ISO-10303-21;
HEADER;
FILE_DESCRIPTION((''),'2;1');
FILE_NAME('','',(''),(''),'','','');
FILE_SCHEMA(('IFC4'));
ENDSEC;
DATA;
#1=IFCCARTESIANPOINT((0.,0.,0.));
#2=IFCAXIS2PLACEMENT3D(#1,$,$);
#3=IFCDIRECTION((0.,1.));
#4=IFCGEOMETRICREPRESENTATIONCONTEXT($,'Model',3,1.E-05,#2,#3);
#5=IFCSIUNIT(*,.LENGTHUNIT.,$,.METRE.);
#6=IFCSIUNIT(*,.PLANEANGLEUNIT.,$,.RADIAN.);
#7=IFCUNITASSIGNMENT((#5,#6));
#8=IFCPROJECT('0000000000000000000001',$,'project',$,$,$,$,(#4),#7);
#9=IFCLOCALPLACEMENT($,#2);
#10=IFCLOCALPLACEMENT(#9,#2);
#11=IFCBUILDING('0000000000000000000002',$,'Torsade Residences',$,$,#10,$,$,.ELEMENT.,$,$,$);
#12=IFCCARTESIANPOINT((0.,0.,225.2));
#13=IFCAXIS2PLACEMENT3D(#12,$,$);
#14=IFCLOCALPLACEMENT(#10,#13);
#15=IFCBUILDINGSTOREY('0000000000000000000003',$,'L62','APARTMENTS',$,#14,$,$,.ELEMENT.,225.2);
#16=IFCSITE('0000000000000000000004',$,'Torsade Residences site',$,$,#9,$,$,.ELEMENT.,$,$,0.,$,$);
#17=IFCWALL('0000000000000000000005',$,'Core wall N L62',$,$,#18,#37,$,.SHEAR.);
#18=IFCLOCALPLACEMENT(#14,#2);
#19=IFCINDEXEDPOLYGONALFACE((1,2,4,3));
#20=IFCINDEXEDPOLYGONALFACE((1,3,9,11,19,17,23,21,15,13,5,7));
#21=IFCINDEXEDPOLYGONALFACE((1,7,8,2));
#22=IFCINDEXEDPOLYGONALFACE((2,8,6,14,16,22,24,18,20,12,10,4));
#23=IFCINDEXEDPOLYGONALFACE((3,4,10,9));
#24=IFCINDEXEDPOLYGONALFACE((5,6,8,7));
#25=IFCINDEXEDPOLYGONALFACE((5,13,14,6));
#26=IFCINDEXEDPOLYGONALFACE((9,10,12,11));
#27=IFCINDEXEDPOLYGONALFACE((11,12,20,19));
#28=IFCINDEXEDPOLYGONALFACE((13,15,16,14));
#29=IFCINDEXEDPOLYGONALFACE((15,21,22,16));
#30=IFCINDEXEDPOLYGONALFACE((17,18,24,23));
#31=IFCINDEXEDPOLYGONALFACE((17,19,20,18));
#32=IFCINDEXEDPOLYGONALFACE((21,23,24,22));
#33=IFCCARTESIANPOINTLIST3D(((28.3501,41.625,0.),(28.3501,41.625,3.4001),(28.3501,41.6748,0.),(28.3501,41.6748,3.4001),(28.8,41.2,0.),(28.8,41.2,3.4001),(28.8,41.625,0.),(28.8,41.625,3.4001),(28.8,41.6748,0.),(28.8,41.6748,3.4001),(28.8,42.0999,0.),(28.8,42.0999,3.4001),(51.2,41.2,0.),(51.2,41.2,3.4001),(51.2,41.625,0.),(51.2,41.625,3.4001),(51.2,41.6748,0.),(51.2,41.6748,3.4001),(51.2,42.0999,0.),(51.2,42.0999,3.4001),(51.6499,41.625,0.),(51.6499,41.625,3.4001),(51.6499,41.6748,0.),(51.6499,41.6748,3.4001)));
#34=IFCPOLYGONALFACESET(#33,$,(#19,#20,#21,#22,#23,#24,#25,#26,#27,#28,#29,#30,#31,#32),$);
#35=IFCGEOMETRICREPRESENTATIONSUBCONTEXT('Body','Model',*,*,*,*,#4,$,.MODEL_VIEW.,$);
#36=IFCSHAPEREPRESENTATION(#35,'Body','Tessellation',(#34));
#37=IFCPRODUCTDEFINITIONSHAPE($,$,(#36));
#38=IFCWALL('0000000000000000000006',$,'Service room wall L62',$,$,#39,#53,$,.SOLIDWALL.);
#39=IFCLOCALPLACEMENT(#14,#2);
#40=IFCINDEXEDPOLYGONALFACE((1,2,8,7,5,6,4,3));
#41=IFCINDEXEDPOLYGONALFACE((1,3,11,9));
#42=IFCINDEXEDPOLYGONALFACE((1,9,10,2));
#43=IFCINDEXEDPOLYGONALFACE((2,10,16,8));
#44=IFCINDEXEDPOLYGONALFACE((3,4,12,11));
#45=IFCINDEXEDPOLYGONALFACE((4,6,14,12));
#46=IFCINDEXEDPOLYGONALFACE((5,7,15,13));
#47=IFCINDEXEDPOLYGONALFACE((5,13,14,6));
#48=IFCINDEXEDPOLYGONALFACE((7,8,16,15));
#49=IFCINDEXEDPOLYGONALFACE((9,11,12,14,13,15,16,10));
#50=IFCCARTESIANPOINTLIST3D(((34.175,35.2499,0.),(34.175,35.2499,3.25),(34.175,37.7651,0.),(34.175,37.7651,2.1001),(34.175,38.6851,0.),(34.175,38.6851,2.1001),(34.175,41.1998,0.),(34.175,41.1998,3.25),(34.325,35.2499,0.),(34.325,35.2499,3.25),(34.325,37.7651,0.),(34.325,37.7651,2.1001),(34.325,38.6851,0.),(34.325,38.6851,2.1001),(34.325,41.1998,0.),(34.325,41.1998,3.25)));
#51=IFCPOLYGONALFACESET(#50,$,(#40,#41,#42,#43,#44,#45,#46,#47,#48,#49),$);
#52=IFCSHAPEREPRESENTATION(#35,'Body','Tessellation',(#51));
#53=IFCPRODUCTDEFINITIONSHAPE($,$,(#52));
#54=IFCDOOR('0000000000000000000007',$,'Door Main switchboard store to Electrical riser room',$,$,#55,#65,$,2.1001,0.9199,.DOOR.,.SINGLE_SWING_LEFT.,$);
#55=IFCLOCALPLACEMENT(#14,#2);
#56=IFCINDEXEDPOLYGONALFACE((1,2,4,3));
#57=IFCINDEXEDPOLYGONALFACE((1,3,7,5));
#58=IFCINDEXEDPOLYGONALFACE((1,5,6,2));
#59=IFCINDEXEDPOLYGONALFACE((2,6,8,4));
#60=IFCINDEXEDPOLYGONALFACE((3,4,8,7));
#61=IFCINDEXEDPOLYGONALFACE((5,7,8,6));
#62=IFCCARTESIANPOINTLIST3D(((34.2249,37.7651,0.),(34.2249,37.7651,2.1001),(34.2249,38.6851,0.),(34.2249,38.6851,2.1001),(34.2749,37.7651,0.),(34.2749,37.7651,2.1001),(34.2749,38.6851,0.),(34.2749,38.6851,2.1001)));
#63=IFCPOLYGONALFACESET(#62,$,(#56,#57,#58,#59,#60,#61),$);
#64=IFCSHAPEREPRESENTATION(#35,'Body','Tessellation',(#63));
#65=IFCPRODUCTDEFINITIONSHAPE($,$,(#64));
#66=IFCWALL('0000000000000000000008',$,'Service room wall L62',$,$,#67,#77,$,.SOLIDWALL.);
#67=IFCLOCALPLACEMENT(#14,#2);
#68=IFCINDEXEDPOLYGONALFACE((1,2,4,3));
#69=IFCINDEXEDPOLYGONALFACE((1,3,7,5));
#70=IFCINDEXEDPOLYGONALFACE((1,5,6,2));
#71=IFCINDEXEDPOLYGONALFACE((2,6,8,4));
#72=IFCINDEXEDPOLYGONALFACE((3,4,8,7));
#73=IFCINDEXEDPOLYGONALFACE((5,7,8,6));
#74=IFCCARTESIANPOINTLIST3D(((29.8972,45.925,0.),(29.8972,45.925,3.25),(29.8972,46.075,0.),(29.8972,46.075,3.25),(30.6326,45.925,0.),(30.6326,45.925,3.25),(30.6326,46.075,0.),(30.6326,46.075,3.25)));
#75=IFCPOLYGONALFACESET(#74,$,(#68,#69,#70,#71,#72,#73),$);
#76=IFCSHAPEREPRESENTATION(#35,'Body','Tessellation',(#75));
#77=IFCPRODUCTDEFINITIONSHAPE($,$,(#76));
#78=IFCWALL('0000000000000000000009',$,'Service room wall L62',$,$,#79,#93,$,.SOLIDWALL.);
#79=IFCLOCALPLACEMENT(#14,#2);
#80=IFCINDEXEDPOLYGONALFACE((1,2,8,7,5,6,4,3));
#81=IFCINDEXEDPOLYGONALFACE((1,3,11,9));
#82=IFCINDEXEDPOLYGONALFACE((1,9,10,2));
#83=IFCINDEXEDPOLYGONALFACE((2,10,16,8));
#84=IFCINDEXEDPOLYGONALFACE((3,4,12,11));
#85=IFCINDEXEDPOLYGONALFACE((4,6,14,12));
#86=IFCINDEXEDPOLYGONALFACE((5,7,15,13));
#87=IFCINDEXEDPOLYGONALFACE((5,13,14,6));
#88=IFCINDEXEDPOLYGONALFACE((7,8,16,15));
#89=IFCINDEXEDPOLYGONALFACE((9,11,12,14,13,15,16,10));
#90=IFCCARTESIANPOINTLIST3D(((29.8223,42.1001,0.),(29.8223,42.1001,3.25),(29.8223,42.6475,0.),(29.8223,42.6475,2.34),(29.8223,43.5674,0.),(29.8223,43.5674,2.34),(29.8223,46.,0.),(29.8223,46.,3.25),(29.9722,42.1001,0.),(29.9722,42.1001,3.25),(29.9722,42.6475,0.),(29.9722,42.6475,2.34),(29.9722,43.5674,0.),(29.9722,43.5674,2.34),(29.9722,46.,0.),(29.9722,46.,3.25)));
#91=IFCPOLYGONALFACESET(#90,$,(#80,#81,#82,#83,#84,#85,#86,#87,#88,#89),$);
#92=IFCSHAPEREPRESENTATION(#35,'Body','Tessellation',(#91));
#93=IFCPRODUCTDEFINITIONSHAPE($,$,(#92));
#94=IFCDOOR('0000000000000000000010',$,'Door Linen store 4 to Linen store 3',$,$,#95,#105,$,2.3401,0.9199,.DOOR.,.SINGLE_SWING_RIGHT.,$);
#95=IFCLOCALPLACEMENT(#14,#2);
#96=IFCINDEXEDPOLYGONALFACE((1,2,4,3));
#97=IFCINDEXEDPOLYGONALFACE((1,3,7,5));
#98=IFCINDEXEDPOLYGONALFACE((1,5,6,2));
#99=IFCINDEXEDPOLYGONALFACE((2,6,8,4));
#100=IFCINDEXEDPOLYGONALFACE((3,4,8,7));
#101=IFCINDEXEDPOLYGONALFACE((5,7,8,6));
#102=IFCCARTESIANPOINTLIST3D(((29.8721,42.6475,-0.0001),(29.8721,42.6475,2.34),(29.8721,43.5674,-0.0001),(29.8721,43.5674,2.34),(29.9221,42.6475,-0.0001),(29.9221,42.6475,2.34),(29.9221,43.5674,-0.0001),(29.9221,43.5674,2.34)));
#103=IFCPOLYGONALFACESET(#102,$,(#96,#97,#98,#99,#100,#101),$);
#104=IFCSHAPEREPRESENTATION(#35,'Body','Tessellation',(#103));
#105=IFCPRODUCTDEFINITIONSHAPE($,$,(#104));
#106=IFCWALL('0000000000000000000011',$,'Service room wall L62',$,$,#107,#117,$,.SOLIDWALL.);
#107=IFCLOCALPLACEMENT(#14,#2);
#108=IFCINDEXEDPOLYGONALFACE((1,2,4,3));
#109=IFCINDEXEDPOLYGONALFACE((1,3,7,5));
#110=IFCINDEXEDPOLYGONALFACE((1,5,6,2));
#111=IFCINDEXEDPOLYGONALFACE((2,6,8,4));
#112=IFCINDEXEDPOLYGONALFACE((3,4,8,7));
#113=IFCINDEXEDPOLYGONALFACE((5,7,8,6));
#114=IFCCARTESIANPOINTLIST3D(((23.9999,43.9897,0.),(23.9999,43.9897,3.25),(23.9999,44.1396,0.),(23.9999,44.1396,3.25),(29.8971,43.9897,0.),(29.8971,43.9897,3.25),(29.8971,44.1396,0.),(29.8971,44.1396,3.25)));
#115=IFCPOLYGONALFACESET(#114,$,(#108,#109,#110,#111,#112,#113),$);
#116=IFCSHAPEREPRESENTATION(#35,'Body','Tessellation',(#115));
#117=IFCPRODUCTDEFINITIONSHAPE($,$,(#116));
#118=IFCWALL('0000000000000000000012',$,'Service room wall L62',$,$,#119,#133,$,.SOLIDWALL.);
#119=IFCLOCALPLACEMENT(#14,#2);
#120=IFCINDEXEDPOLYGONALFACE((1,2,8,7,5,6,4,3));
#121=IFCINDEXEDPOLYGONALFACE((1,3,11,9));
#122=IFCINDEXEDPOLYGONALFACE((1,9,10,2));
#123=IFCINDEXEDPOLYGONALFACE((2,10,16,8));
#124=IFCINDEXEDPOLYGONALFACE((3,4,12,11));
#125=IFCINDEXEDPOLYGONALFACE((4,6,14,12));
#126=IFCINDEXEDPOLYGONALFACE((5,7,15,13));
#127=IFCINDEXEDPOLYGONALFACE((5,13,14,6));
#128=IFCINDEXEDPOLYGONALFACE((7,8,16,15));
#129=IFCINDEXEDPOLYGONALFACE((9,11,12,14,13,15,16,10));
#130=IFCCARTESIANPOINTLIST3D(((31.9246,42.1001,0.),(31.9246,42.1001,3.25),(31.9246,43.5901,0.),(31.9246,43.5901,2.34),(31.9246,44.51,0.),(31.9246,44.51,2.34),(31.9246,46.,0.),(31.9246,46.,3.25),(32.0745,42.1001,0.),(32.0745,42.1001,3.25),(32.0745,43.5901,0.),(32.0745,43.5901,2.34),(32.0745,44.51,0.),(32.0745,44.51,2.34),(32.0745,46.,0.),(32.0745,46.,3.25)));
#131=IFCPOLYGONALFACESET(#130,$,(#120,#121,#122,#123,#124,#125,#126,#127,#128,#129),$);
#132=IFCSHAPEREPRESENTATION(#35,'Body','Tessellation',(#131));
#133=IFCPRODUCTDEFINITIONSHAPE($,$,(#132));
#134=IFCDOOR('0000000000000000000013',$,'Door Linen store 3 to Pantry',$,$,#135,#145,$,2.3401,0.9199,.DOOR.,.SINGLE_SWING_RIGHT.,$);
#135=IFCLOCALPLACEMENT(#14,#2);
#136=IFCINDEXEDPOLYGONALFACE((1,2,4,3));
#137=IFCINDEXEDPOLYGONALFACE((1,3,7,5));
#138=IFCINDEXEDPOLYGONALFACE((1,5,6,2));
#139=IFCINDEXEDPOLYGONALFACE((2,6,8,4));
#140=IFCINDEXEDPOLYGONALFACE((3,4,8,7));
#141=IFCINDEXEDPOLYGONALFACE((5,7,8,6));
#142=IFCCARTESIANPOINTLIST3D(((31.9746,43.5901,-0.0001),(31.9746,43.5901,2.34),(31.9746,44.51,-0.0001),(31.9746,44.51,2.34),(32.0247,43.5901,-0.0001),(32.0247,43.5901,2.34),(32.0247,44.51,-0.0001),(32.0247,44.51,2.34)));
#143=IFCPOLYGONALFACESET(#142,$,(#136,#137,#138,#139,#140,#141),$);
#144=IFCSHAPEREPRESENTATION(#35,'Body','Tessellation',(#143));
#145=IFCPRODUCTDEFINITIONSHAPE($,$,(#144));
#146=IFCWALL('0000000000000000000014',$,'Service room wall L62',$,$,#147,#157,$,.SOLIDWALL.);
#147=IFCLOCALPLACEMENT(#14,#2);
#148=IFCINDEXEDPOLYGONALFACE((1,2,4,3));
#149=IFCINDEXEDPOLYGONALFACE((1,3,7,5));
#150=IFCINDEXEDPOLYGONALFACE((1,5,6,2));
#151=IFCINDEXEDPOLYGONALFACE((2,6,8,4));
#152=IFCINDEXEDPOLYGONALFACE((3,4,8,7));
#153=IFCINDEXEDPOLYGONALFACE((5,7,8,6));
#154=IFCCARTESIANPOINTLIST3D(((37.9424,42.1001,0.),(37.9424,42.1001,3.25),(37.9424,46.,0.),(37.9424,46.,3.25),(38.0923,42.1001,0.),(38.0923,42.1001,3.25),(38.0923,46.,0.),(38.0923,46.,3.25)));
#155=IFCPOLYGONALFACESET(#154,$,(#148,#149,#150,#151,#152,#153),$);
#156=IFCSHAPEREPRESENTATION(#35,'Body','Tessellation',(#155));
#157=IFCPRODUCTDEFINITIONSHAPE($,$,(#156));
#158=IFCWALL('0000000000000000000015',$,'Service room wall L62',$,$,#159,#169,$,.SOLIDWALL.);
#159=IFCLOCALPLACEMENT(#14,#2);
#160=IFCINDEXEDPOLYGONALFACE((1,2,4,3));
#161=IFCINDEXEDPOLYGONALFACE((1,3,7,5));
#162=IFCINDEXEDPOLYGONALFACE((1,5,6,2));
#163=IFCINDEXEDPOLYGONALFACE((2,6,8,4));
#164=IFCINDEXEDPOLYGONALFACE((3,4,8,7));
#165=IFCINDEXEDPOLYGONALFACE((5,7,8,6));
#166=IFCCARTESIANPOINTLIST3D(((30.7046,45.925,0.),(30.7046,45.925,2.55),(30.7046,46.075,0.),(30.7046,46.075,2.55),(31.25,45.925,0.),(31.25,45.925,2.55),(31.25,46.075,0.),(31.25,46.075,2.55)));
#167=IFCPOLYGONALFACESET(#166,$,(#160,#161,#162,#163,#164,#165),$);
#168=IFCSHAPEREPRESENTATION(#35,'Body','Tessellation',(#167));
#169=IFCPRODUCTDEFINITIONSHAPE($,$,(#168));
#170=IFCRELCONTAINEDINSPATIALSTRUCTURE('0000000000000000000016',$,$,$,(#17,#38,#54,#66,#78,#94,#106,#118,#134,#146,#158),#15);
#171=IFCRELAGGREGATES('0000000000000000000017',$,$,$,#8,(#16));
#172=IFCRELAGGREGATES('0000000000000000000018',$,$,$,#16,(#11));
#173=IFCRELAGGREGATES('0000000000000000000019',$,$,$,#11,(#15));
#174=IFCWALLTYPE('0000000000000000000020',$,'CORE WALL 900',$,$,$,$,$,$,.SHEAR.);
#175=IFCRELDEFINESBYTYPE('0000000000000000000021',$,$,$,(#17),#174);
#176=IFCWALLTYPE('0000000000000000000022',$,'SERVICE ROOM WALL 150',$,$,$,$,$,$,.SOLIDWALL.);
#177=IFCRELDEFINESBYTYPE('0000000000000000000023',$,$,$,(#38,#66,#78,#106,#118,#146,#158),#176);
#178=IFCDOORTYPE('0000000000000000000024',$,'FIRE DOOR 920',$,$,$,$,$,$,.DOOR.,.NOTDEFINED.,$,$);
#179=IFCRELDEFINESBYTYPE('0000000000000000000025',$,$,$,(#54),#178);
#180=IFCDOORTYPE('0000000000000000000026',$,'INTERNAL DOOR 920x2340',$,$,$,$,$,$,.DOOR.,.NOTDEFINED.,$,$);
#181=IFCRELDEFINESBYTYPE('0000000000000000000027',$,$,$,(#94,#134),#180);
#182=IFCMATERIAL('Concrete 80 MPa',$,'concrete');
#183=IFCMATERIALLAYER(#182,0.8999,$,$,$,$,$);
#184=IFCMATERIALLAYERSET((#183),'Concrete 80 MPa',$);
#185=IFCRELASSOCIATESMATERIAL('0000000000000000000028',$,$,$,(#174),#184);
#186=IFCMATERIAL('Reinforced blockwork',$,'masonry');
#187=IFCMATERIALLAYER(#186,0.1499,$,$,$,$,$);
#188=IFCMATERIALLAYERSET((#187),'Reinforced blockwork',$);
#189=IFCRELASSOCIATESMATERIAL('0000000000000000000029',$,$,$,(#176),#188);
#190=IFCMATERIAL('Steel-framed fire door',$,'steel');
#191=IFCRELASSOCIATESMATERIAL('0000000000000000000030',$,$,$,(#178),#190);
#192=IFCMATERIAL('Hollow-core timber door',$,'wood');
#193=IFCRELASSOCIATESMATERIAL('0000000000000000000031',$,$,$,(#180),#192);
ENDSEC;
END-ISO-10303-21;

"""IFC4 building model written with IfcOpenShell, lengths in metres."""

from ifc_helpers import new_model, si_unit, direction, frame, frame_2d, origin, place, context, subcontext, project, spatial, polyline, rectangle, outline, extrude, material, layer, layer_set, type_object, element, fill, save


model = new_model("IFC4")

# Units and contexts
model_context = context("Model", 3, precision=1e-05, world=origin(), true_north=direction((0.0, 1.0)))
body_context = subcontext(model_context, "Body", "Model", "MODEL_VIEW")
ifc_project = project(units=[si_unit("LENGTHUNIT", "METRE"), si_unit("PLANEANGLEUNIT", "RADIAN")], contexts=[model_context])

# Site, building, storey
site_placement = place(None, origin())
site = spatial("IfcSite", under=ifc_project, at=site_placement, Name="Torsade Residences site", CompositionType="ELEMENT", RefElevation=0.0)
building_placement = place(site_placement, origin())
building = spatial("IfcBuilding", under=site, at=building_placement, Name="Torsade Residences", CompositionType="ELEMENT")
storey_placement = place(building_placement, frame((0.0, 0.0, 225.2)))
storey = spatial("IfcBuildingStorey", under=building, at=storey_placement, Name="L62", Description="APARTMENTS", CompositionType="ELEMENT", Elevation=225.2)

# Wall
ifc_material_1 = material(Name="Concrete 80 MPa", Category="concrete")
ifc_layer_1 = layer(ifc_material_1, 0.8999)
ifc_layer_set_1 = layer_set([ifc_layer_1], Name="Concrete 80 MPa")
wall_type_1 = type_object("IfcWallType", Name="CORE WALL 900", PredefinedType="SHEAR", material=ifc_layer_set_1)
wall_1_placement = place(storey_placement, frame((28.8, 41.6499, 0.0), z_axis=(0.0, 0.0, 1.0), x_axis=(1.0, 0.0, 0.0)))
element("IfcWall", 1, at=wall_1_placement, inside=storey, type_object=wall_type_1, Name="Core wall N L62", PredefinedType="SHEAR", context=body_context, shape_type="SweptSolid", body=[
    extrude(outline(polyline([(0.0, -0.45), (22.3999, -0.45), (22.3999, -0.0249), (22.8499, -0.0249), (22.8499, 0.0249), (22.3999, 0.0249), (22.3999, 0.45), (0.0, 0.45), (0.0, 0.0249), (-0.45, 0.0249), (-0.45, -0.0249), (0.0, -0.0249), (0.0, -0.45)])), origin(), (0.0, 0.0, 1.0), 3.4001),
])

# Wall, opening, door
ifc_material_2 = material(Name="Reinforced blockwork", Category="masonry")
ifc_layer_2 = layer(ifc_material_2, 0.1499)
ifc_layer_set_2 = layer_set([ifc_layer_2], Name="Reinforced blockwork")
wall_type_2 = type_object("IfcWallType", Name="SERVICE ROOM WALL 150", PredefinedType="SOLIDWALL", material=ifc_layer_set_2)
wall_2_placement = place(storey_placement, frame((34.25, 41.2, 0.0), z_axis=(0.0, 0.0, 1.0), x_axis=(0.0, -1.0, 0.0)))
wall_2 = element("IfcWall", 2, at=wall_2_placement, inside=storey, type_object=wall_type_2, Name="Service room wall L62", PredefinedType="SOLIDWALL", context=body_context, shape_type="SweptSolid", body=[
    extrude(rectangle(XDim=5.95, YDim=0.1499, at=frame_2d((2.9751, 0.0))), origin(), (0.0, 0.0, 1.0), 3.25),
])
opening_1_placement = place(wall_2_placement, frame((2.5149, 0.0, 0.0)))
opening_1 = element("IfcOpeningElement", 3, at=opening_1_placement, cuts=wall_2, PredefinedType="OPENING", context=body_context, shape_type="SweptSolid", body=[
    extrude(rectangle(XDim=0.9199, YDim=2.1001, at=frame_2d((0.46, 1.05))), frame((0.0, 0.085, 0.0), z_axis=(0.0, -1.0, 0.0), x_axis=(1.0, 0.0, 0.0)), (0.0, 0.0, 1.0), 0.1699),
])
ifc_material_3 = material(Name="Steel-framed fire door", Category="steel")
door_type_1 = type_object("IfcDoorType", Name="FIRE DOOR 920", OperationType="NOTDEFINED", PredefinedType="DOOR", material=ifc_material_3)
door_1_placement = place(opening_1_placement, origin())
door_1 = element("IfcDoor", 4, at=door_1_placement, inside=storey, type_object=door_type_1, Name="Door Main switchboard store to Electrical riser room", OperationType="SINGLE_SWING_LEFT", OverallHeight=2.1001, OverallWidth=0.9199, PredefinedType="DOOR", context=body_context, shape_type="SweptSolid", body=[
    extrude(rectangle(XDim=0.9199, YDim=2.1001, at=frame_2d((0.46, 1.05))), frame((0.0, 0.0249, 0.0), z_axis=(0.0, -1.0, 0.0), x_axis=(1.0, 0.0, 0.0)), (0.0, 0.0, 1.0), 0.05),
])
fill(opening_1, door_1)

# Wall
wall_3_placement = place(storey_placement, frame((30.6326, 46.0, 0.0), z_axis=(0.0, 0.0, 1.0), x_axis=(-1.0, 0.0, 0.0)))
element("IfcWall", 5, at=wall_3_placement, inside=storey, type_object=wall_type_2, Name="Service room wall L62", PredefinedType="SOLIDWALL", context=body_context, shape_type="SweptSolid", body=[
    extrude(rectangle(XDim=0.7354, YDim=0.1499, at=frame_2d((0.3677, 0.0))), origin(), (0.0, 0.0, 1.0), 3.25),
])

# Wall, opening, door
wall_4_placement = place(storey_placement, frame((29.8972, 46.0, 0.0), z_axis=(0.0, 0.0, 1.0), x_axis=(0.0, -1.0, 0.0)))
wall_4 = element("IfcWall", 6, at=wall_4_placement, inside=storey, type_object=wall_type_2, Name="Service room wall L62", PredefinedType="SOLIDWALL", context=body_context, shape_type="SweptSolid", body=[
    extrude(rectangle(XDim=3.8999, YDim=0.1499, at=frame_2d((1.95, 0.0))), origin(), (0.0, 0.0, 1.0), 3.25),
])
opening_2_placement = place(wall_4_placement, frame((2.4326, 0.0, 0.0)))
opening_2 = element("IfcOpeningElement", 7, at=opening_2_placement, cuts=wall_4, PredefinedType="OPENING", context=body_context, shape_type="SweptSolid", body=[
    extrude(rectangle(XDim=0.9199, YDim=2.3401, at=frame_2d((0.46, 1.1699))), frame((0.0, 0.085, 0.0), z_axis=(0.0, -1.0, 0.0), x_axis=(1.0, 0.0, 0.0)), (0.0, 0.0, 1.0), 0.1699),
])
ifc_material_4 = material(Name="Hollow-core timber door", Category="wood")
door_type_2 = type_object("IfcDoorType", Name="INTERNAL DOOR 920x2340", OperationType="NOTDEFINED", PredefinedType="DOOR", material=ifc_material_4)
door_2_placement = place(opening_2_placement, origin())
door_2 = element("IfcDoor", 8, at=door_2_placement, inside=storey, type_object=door_type_2, Name="Door Linen store 4 to Linen store 3", OperationType="SINGLE_SWING_RIGHT", OverallHeight=2.3401, OverallWidth=0.9199, PredefinedType="DOOR", context=body_context, shape_type="SweptSolid", body=[
    extrude(rectangle(XDim=0.9199, YDim=2.3401, at=frame_2d((0.46, 1.1699))), frame((0.0, 0.0249, 0.0), z_axis=(0.0, -1.0, 0.0), x_axis=(1.0, 0.0, 0.0)), (0.0, 0.0, 1.0), 0.05),
])
fill(opening_2, door_2)

# Wall
wall_5_placement = place(storey_placement, frame((29.8972, 44.0647, 0.0), z_axis=(0.0, 0.0, 1.0), x_axis=(-1.0, 0.0, 0.0)))
element("IfcWall", 9, at=wall_5_placement, inside=storey, type_object=wall_type_2, Name="Service room wall L62", PredefinedType="SOLIDWALL", context=body_context, shape_type="SweptSolid", body=[
    extrude(rectangle(XDim=5.8972, YDim=0.1499, at=frame_2d((2.9487, 0.0))), origin(), (0.0, 0.0, 1.0), 3.25),
])

# Wall, opening, door
wall_6_placement = place(storey_placement, frame((31.9995, 42.1001, 0.0), z_axis=(0.0, 0.0, 1.0), x_axis=(0.0, 1.0, 0.0)))
wall_6 = element("IfcWall", 10, at=wall_6_placement, inside=storey, type_object=wall_type_2, Name="Service room wall L62", PredefinedType="SOLIDWALL", context=body_context, shape_type="SweptSolid", body=[
    extrude(rectangle(XDim=3.8999, YDim=0.1499, at=frame_2d((1.95, 0.0))), origin(), (0.0, 0.0, 1.0), 3.25),
])
opening_3_placement = place(wall_6_placement, frame((1.49, 0.0, 0.0)))
opening_3 = element("IfcOpeningElement", 11, at=opening_3_placement, cuts=wall_6, PredefinedType="OPENING", context=body_context, shape_type="SweptSolid", body=[
    extrude(rectangle(XDim=0.9199, YDim=2.3401, at=frame_2d((0.46, 1.1699))), frame((0.0, 0.085, 0.0), z_axis=(0.0, -1.0, 0.0), x_axis=(1.0, 0.0, 0.0)), (0.0, 0.0, 1.0), 0.1699),
])
door_3_placement = place(opening_3_placement, origin())
door_3 = element("IfcDoor", 12, at=door_3_placement, inside=storey, type_object=door_type_2, Name="Door Linen store 3 to Pantry", OperationType="SINGLE_SWING_RIGHT", OverallHeight=2.3401, OverallWidth=0.9199, PredefinedType="DOOR", context=body_context, shape_type="SweptSolid", body=[
    extrude(rectangle(XDim=0.9199, YDim=2.3401, at=frame_2d((0.46, 1.1699))), frame((0.0, 0.0249, 0.0), z_axis=(0.0, -1.0, 0.0), x_axis=(1.0, 0.0, 0.0)), (0.0, 0.0, 1.0), 0.05),
])
fill(opening_3, door_3)

# Walls
wall_7_placement = place(storey_placement, frame((38.0173, 42.1001, 0.0), z_axis=(0.0, 0.0, 1.0), x_axis=(0.0, 1.0, 0.0)))
element("IfcWall", 13, at=wall_7_placement, inside=storey, type_object=wall_type_2, Name="Service room wall L62", PredefinedType="SOLIDWALL", context=body_context, shape_type="SweptSolid", body=[
    extrude(rectangle(XDim=3.8999, YDim=0.1499, at=frame_2d((1.95, 0.0))), origin(), (0.0, 0.0, 1.0), 3.25),
])
wall_8_placement = place(storey_placement, frame((31.25, 46.0, 0.0), z_axis=(0.0, 0.0, 1.0), x_axis=(-1.0, 0.0, 0.0)))
element("IfcWall", 14, at=wall_8_placement, inside=storey, type_object=wall_type_2, Name="Service room wall L62", PredefinedType="SOLIDWALL", context=body_context, shape_type="SweptSolid", body=[
    extrude(rectangle(XDim=0.5454, YDim=0.1499, at=frame_2d((0.2727, 0.0))), origin(), (0.0, 0.0, 1.0), 2.55),
])

save(model, "model.ifc")
